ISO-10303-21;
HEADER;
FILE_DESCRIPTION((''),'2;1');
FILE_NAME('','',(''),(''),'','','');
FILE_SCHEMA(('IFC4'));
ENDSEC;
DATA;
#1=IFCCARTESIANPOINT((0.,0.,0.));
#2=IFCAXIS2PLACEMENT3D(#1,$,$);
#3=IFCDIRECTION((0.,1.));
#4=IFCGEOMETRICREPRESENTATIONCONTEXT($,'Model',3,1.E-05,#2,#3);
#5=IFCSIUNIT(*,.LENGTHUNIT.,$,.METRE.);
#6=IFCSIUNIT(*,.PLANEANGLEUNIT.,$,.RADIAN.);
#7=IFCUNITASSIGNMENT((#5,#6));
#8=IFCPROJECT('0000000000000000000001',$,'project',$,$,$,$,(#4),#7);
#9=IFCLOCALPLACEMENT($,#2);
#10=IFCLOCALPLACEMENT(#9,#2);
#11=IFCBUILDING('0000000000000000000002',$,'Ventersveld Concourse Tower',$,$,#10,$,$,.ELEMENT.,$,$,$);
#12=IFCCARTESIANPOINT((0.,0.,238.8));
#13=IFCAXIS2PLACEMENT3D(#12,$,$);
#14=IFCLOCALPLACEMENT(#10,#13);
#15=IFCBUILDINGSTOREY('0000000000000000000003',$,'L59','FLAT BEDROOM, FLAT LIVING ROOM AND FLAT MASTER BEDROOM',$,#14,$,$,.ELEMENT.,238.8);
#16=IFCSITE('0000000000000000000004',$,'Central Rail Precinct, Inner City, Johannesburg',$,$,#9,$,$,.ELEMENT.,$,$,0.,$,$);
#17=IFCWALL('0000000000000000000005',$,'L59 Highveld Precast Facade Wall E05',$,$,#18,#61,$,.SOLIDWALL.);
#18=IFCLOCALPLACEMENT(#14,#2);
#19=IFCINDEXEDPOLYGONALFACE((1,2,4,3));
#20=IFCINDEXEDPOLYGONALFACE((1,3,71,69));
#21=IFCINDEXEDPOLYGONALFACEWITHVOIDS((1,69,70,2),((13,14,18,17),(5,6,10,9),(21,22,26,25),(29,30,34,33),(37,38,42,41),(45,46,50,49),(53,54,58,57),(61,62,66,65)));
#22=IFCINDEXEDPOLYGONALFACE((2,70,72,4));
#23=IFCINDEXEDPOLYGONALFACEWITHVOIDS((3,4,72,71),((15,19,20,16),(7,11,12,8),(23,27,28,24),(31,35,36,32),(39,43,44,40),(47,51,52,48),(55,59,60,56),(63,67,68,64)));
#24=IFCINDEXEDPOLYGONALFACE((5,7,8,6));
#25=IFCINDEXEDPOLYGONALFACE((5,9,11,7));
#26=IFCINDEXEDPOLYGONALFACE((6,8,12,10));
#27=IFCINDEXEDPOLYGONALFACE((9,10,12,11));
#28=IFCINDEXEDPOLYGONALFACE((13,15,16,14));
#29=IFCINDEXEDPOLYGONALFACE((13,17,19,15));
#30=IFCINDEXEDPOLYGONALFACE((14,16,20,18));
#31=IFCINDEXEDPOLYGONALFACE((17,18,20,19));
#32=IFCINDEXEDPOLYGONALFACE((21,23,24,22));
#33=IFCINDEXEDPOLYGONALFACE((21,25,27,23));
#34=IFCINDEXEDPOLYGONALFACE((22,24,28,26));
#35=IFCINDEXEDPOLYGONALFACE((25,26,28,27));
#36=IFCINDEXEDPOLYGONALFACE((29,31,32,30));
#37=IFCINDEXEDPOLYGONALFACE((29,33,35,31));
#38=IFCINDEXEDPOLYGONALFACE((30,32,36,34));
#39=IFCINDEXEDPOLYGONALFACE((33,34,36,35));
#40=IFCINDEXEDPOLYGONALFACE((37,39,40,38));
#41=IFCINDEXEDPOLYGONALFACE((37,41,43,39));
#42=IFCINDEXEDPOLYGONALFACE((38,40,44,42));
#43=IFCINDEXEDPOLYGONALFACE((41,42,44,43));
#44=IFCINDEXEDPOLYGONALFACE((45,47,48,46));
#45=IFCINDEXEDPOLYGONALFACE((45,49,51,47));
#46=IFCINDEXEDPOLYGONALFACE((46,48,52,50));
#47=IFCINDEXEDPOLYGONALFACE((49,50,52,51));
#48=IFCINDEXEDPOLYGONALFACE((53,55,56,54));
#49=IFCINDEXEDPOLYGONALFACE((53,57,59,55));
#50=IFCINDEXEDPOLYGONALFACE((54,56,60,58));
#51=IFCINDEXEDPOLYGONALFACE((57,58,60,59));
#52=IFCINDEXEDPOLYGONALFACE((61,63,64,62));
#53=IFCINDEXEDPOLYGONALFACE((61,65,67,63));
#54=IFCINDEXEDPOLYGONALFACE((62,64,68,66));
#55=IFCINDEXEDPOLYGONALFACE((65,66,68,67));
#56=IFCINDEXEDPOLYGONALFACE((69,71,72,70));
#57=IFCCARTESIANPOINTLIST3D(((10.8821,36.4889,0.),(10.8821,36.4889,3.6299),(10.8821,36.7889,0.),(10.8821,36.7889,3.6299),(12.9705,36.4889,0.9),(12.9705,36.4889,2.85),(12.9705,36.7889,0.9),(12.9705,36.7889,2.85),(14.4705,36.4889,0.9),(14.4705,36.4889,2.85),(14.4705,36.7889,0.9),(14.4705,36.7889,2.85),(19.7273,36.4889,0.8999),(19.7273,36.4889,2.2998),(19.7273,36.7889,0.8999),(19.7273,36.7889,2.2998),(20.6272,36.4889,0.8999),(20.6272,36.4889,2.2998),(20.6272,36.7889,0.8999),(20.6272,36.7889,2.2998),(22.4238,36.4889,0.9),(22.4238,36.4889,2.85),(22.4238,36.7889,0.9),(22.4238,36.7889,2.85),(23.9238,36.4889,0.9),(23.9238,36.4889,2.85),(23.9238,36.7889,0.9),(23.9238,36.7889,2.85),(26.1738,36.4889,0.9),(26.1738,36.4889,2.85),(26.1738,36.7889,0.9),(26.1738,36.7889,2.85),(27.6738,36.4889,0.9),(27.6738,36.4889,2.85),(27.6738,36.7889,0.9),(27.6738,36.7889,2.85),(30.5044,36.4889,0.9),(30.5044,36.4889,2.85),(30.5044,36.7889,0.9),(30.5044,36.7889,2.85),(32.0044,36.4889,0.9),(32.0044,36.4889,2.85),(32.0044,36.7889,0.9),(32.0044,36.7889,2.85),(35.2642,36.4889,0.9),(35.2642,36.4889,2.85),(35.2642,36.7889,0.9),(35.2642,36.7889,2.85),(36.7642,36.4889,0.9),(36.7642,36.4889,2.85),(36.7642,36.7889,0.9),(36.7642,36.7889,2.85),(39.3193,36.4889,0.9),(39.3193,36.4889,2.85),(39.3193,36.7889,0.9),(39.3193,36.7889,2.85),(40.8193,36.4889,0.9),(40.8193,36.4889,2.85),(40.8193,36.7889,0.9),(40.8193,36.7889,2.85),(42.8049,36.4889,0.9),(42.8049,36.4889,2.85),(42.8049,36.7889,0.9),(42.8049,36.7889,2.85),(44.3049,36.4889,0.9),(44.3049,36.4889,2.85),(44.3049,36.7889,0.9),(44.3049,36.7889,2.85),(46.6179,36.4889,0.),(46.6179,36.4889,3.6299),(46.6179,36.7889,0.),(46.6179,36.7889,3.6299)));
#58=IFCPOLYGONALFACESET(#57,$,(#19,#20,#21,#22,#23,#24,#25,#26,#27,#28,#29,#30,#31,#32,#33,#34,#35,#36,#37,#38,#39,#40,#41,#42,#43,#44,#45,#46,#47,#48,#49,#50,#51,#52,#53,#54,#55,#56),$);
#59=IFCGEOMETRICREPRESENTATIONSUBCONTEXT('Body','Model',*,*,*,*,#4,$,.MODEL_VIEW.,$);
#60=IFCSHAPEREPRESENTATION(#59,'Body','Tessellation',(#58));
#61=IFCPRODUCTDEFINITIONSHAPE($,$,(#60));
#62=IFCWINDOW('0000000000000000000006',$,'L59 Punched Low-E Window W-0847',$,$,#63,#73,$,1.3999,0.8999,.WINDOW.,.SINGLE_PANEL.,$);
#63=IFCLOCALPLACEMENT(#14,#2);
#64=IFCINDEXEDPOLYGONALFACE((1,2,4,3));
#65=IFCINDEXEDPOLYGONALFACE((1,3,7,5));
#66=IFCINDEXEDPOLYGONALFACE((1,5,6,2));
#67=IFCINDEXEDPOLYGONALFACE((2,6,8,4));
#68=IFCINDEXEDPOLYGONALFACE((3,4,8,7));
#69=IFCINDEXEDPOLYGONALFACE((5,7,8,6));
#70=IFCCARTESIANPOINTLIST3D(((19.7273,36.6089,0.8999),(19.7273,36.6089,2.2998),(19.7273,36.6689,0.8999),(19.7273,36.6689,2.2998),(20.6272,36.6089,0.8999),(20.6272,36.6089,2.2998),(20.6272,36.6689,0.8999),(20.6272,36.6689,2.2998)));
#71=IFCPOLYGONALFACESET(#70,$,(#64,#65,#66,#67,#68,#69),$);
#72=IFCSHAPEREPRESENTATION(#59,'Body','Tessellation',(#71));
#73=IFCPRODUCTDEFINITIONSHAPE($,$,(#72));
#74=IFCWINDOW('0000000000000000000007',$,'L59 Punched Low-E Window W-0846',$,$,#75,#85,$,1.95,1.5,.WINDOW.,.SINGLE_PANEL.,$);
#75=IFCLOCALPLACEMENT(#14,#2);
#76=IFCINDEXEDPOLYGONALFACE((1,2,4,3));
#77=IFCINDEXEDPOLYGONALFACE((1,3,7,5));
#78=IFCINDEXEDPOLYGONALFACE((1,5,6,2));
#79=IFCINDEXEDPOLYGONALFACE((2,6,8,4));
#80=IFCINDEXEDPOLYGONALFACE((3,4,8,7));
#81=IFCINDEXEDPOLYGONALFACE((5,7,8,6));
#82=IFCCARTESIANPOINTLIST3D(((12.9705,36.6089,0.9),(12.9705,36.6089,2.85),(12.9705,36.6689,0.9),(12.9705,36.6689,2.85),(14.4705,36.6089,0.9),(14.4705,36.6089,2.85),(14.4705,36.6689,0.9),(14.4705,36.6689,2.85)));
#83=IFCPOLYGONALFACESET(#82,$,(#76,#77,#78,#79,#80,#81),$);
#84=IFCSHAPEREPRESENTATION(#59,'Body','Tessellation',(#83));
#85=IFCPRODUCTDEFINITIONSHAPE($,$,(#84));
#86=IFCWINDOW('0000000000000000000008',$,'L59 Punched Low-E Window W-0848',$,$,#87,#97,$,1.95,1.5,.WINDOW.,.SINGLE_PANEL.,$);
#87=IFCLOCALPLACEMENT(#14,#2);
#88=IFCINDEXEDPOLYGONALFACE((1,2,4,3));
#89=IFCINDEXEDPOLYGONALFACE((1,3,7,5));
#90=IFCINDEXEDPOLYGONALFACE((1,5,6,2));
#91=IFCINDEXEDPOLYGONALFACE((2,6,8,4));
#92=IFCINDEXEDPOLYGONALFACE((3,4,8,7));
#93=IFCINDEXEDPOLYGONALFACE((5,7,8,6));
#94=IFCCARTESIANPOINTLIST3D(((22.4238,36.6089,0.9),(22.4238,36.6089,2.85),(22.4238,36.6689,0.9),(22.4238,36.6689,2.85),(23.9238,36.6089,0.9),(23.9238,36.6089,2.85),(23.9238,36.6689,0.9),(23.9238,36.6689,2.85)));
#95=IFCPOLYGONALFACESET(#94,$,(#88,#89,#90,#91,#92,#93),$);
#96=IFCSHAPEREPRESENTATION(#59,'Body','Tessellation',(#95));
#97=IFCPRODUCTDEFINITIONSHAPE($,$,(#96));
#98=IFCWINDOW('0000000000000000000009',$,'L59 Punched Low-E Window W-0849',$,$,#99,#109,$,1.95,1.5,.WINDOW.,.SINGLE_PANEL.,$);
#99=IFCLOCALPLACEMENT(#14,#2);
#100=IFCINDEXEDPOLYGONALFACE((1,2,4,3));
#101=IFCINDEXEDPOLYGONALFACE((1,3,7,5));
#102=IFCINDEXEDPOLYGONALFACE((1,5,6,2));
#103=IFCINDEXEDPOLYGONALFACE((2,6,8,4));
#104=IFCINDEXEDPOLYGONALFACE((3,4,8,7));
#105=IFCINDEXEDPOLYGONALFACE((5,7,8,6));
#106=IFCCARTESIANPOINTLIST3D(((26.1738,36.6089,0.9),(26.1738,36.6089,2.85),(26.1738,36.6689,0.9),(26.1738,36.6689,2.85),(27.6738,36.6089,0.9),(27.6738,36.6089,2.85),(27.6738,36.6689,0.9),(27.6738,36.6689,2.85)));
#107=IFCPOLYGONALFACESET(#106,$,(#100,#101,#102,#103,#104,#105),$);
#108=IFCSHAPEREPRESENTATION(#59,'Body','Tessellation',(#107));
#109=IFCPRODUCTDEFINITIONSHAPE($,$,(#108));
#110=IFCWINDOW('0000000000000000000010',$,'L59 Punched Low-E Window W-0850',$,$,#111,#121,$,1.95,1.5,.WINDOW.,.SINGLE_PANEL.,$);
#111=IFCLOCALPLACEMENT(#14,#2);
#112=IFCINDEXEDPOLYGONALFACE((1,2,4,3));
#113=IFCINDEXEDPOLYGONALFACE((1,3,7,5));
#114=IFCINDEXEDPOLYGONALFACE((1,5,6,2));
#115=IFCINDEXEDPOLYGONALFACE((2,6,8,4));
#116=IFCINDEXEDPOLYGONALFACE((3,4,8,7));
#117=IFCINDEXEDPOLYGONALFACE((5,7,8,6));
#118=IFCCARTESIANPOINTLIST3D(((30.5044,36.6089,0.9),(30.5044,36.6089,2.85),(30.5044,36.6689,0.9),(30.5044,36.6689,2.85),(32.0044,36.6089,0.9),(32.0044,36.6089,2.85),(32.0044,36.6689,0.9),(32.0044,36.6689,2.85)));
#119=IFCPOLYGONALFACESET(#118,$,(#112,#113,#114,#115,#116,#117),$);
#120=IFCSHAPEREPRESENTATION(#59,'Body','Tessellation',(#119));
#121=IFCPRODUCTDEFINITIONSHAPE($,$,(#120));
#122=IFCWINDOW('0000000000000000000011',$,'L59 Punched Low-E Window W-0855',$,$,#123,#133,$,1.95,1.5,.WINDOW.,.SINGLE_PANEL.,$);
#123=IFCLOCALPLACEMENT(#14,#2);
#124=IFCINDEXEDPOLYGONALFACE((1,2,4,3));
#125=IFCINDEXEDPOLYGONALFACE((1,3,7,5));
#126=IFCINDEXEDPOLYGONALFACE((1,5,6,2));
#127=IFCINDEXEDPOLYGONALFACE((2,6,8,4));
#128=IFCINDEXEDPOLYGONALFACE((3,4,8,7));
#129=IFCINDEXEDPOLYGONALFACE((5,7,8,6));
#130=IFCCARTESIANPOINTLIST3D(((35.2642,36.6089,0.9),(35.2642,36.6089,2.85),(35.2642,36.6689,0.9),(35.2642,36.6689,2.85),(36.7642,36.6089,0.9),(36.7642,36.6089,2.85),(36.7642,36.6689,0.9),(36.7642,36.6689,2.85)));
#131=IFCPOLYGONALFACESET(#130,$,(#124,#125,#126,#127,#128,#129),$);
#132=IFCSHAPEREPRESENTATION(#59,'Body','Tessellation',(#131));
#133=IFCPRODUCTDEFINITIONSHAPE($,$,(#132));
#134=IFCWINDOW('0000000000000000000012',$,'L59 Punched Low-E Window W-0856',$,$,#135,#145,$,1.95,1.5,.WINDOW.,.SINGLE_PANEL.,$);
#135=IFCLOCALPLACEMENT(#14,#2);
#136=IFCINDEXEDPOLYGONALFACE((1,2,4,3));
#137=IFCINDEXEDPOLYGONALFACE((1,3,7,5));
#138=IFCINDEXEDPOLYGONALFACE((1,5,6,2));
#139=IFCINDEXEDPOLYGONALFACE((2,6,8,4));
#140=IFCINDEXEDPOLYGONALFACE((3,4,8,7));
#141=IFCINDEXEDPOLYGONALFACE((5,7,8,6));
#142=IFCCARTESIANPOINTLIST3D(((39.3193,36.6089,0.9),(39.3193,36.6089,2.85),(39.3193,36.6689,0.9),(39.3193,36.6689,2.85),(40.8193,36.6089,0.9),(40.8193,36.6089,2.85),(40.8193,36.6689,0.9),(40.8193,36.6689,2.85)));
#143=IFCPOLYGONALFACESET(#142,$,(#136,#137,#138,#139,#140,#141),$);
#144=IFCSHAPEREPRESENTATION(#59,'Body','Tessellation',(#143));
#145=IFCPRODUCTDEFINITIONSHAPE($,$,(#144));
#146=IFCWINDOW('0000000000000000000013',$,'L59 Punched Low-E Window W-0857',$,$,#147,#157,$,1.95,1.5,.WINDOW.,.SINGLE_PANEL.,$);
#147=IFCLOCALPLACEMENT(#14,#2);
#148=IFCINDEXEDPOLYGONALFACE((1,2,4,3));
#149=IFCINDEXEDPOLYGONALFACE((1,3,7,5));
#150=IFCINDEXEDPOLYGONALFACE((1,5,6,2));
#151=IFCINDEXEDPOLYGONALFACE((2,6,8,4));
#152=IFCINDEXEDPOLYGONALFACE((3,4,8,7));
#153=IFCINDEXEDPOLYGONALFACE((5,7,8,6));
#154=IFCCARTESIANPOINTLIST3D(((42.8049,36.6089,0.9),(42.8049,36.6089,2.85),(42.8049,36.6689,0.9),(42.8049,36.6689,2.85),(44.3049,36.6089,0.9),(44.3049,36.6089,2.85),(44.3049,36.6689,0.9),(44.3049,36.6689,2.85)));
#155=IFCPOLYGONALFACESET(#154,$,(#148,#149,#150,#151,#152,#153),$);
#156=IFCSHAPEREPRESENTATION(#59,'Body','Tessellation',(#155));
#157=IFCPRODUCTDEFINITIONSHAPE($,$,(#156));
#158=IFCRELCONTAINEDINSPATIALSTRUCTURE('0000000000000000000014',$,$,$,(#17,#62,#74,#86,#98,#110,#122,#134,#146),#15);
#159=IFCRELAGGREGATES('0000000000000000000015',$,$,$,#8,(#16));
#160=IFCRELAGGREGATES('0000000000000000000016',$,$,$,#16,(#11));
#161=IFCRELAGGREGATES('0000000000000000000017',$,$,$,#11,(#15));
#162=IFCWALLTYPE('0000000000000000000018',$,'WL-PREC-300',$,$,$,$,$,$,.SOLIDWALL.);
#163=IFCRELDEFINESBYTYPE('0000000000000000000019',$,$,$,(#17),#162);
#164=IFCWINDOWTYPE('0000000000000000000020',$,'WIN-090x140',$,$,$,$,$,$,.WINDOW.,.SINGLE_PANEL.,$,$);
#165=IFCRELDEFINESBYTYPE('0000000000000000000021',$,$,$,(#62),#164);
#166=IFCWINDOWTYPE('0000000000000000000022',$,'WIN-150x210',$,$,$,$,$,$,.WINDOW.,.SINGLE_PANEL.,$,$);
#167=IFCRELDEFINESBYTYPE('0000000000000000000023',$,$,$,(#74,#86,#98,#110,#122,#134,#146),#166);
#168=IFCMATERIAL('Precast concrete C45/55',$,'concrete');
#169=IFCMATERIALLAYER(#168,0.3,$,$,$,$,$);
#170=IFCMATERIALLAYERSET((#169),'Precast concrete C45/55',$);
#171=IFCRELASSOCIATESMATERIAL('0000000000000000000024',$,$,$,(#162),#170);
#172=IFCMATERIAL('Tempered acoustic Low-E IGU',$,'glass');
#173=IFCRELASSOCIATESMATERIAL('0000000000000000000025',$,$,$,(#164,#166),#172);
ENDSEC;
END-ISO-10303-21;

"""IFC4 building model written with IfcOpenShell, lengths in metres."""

from ifc_helpers import new_model, si_unit, direction, frame, frame_2d, origin, place, context, subcontext, project, spatial, rectangle, extrude, material, layer, layer_set, type_object, element, fill, save


model = new_model("IFC4")

# Units and contexts
model_context = context("Model", 3, precision=1e-05, world=origin(), true_north=direction((0.0, 1.0)))
body_context = subcontext(model_context, "Body", "Model", "MODEL_VIEW")
ifc_project = project(units=[si_unit("LENGTHUNIT", "METRE"), si_unit("PLANEANGLEUNIT", "RADIAN")], contexts=[model_context])

# Site, building, storey
site_placement = place(None, origin())
site = spatial("IfcSite", under=ifc_project, at=site_placement, Name="Central Rail Precinct, Inner City, Johannesburg", CompositionType="ELEMENT", RefElevation=0.0)
building_placement = place(site_placement, origin())
building = spatial("IfcBuilding", under=site, at=building_placement, Name="Ventersveld Concourse Tower", CompositionType="ELEMENT")
storey_placement = place(building_placement, frame((0.0, 0.0, 238.8)))
storey = spatial("IfcBuildingStorey", under=building, at=storey_placement, Name="L59", Description="FLAT BEDROOM, FLAT LIVING ROOM AND FLAT MASTER BEDROOM", CompositionType="ELEMENT", Elevation=238.8)

# Shared definitions
ifc_material_1 = material(Name="Precast concrete C45/55", Category="concrete")
ifc_layer_1 = layer(ifc_material_1, 0.3)
ifc_layer_set_1 = layer_set([ifc_layer_1], Name="Precast concrete C45/55")
wall_type_1 = type_object("IfcWallType", Name="WL-PREC-300", PredefinedType="SOLIDWALL", material=ifc_layer_set_1)

# Wall, openings, windows
wall_1_placement = place(storey_placement, frame((46.6179, 36.6389, 0.0), z_axis=(0.0, 0.0, 1.0), x_axis=(-1.0, 0.0, 0.0)))
wall_1 = element("IfcWall", 1, at=wall_1_placement, inside=storey, type_object=wall_type_1, Name="L59 Highveld Precast Facade Wall E05", PredefinedType="SOLIDWALL", context=body_context, shape_type="SweptSolid", body=[
    extrude(rectangle(XDim=35.7358, YDim=0.3, at=frame_2d((17.8679, 0.0))), origin(), (0.0, 0.0, 1.0), 3.6299),
])
opening_1_placement = place(wall_1_placement, frame((32.1475, 0.0, 0.8999)))
opening_1 = element("IfcOpeningElement", 2, at=opening_1_placement, cuts=wall_1, PredefinedType="OPENING", context=body_context, shape_type="SweptSolid", body=[
    extrude(rectangle(XDim=1.5, YDim=1.95, at=frame_2d((0.75, 0.9751))), frame((0.0, 0.1602, 0.0), z_axis=(0.0, -1.0, 0.0), x_axis=(1.0, 0.0, 0.0)), (0.0, 0.0, 1.0), 0.3201),
])
opening_2_placement = place(wall_1_placement, frame((25.9907, 0.0, 0.8999)))
opening_2 = element("IfcOpeningElement", 3, at=opening_2_placement, cuts=wall_1, PredefinedType="OPENING", context=body_context, shape_type="SweptSolid", body=[
    extrude(rectangle(XDim=0.8999, YDim=1.3999, at=frame_2d((0.45, 0.7))), frame((0.0, 0.1602, 0.0), z_axis=(0.0, -1.0, 0.0), x_axis=(1.0, 0.0, 0.0)), (0.0, 0.0, 1.0), 0.3201),
])
opening_3_placement = place(wall_1_placement, frame((22.6941, 0.0, 0.8999)))
opening_3 = element("IfcOpeningElement", 4, at=opening_3_placement, cuts=wall_1, PredefinedType="OPENING", context=body_context, shape_type="SweptSolid", body=[
    extrude(rectangle(XDim=1.5, YDim=1.95, at=frame_2d((0.75, 0.9751))), frame((0.0, 0.1602, 0.0), z_axis=(0.0, -1.0, 0.0), x_axis=(1.0, 0.0, 0.0)), (0.0, 0.0, 1.0), 0.3201),
])
opening_4_placement = place(wall_1_placement, frame((18.9441, 0.0, 0.8999)))
opening_4 = element("IfcOpeningElement", 5, at=opening_4_placement, cuts=wall_1, PredefinedType="OPENING", context=body_context, shape_type="SweptSolid", body=[
    extrude(rectangle(XDim=1.5, YDim=1.95, at=frame_2d((0.75, 0.9751))), frame((0.0, 0.1602, 0.0), z_axis=(0.0, -1.0, 0.0), x_axis=(1.0, 0.0, 0.0)), (0.0, 0.0, 1.0), 0.3201),
])
opening_5_placement = place(wall_1_placement, frame((14.6135, 0.0, 0.8999)))
opening_5 = element("IfcOpeningElement", 6, at=opening_5_placement, cuts=wall_1, PredefinedType="OPENING", context=body_context, shape_type="SweptSolid", body=[
    extrude(rectangle(XDim=1.5, YDim=1.95, at=frame_2d((0.75, 0.9751))), frame((0.0, 0.1602, 0.0), z_axis=(0.0, -1.0, 0.0), x_axis=(1.0, 0.0, 0.0)), (0.0, 0.0, 1.0), 0.3201),
])
opening_6_placement = place(wall_1_placement, frame((9.8538, 0.0, 0.8999)))
opening_6 = element("IfcOpeningElement", 7, at=opening_6_placement, cuts=wall_1, PredefinedType="OPENING", context=body_context, shape_type="SweptSolid", body=[
    extrude(rectangle(XDim=1.5, YDim=1.95, at=frame_2d((0.75, 0.9751))), frame((0.0, 0.1602, 0.0), z_axis=(0.0, -1.0, 0.0), x_axis=(1.0, 0.0, 0.0)), (0.0, 0.0, 1.0), 0.3201),
])
opening_7_placement = place(wall_1_placement, frame((5.7986, 0.0, 0.8999)))
opening_7 = element("IfcOpeningElement", 8, at=opening_7_placement, cuts=wall_1, PredefinedType="OPENING", context=body_context, shape_type="SweptSolid", body=[
    extrude(rectangle(XDim=1.5, YDim=1.95, at=frame_2d((0.75, 0.9751))), frame((0.0, 0.1602, 0.0), z_axis=(0.0, -1.0, 0.0), x_axis=(1.0, 0.0, 0.0)), (0.0, 0.0, 1.0), 0.3201),
])
opening_8_placement = place(wall_1_placement, frame((2.313, 0.0, 0.8999)))
opening_8 = element("IfcOpeningElement", 9, at=opening_8_placement, cuts=wall_1, PredefinedType="OPENING", context=body_context, shape_type="SweptSolid", body=[
    extrude(rectangle(XDim=1.5, YDim=1.95, at=frame_2d((0.75, 0.9751))), frame((0.0, 0.1602, 0.0), z_axis=(0.0, -1.0, 0.0), x_axis=(1.0, 0.0, 0.0)), (0.0, 0.0, 1.0), 0.3201),
])
ifc_material_2 = material(Name="Tempered acoustic Low-E IGU", Category="glass")
window_type_1 = type_object("IfcWindowType", Name="WIN-090x140", PartitioningType="SINGLE_PANEL", PredefinedType="WINDOW", material=ifc_material_2)
window_1_placement = place(opening_2_placement, origin())
window_1 = element("IfcWindow", 10, at=window_1_placement, inside=storey, type_object=window_type_1, Name="L59 Punched Low-E Window W-0847", OverallHeight=1.3999, OverallWidth=0.8999, PartitioningType="SINGLE_PANEL", PredefinedType="WINDOW", context=body_context, shape_type="SweptSolid", body=[
    extrude(rectangle(XDim=0.8999, YDim=1.3999, at=frame_2d((0.45, 0.7))), frame((0.0, 0.03, 0.0), z_axis=(0.0, -1.0, 0.0), x_axis=(1.0, 0.0, 0.0)), (0.0, 0.0, 1.0), 0.0601),
])
fill(opening_2, window_1)
window_type_2 = type_object("IfcWindowType", Name="WIN-150x210", PartitioningType="SINGLE_PANEL", PredefinedType="WINDOW", material=ifc_material_2)
window_2_placement = place(opening_1_placement, origin())
window_2 = element("IfcWindow", 11, at=window_2_placement, inside=storey, type_object=window_type_2, Name="L59 Punched Low-E Window W-0846", OverallHeight=1.95, OverallWidth=1.5, PartitioningType="SINGLE_PANEL", PredefinedType="WINDOW", context=body_context, shape_type="SweptSolid", body=[
    extrude(rectangle(XDim=1.5, YDim=1.95, at=frame_2d((0.75, 0.9751))), frame((0.0, 0.03, 0.0), z_axis=(0.0, -1.0, 0.0), x_axis=(1.0, 0.0, 0.0)), (0.0, 0.0, 1.0), 0.0601),
])
fill(opening_1, window_2)
window_3_placement = place(opening_3_placement, origin())
window_3 = element("IfcWindow", 12, at=window_3_placement, inside=storey, type_object=window_type_2, Name="L59 Punched Low-E Window W-0848", OverallHeight=1.95, OverallWidth=1.5, PartitioningType="SINGLE_PANEL", PredefinedType="WINDOW", context=body_context, shape_type="SweptSolid", body=[
    extrude(rectangle(XDim=1.5, YDim=1.95, at=frame_2d((0.75, 0.9751))), frame((0.0, 0.03, 0.0), z_axis=(0.0, -1.0, 0.0), x_axis=(1.0, 0.0, 0.0)), (0.0, 0.0, 1.0), 0.0601),
])
fill(opening_3, window_3)
window_4_placement = place(opening_4_placement, origin())
window_4 = element("IfcWindow", 13, at=window_4_placement, inside=storey, type_object=window_type_2, Name="L59 Punched Low-E Window W-0849", OverallHeight=1.95, OverallWidth=1.5, PartitioningType="SINGLE_PANEL", PredefinedType="WINDOW", context=body_context, shape_type="SweptSolid", body=[
    extrude(rectangle(XDim=1.5, YDim=1.95, at=frame_2d((0.75, 0.9751))), frame((0.0, 0.03, 0.0), z_axis=(0.0, -1.0, 0.0), x_axis=(1.0, 0.0, 0.0)), (0.0, 0.0, 1.0), 0.0601),
])
fill(opening_4, window_4)
window_5_placement = place(opening_5_placement, origin())
window_5 = element("IfcWindow", 14, at=window_5_placement, inside=storey, type_object=window_type_2, Name="L59 Punched Low-E Window W-0850", OverallHeight=1.95, OverallWidth=1.5, PartitioningType="SINGLE_PANEL", PredefinedType="WINDOW", context=body_context, shape_type="SweptSolid", body=[
    extrude(rectangle(XDim=1.5, YDim=1.95, at=frame_2d((0.75, 0.9751))), frame((0.0, 0.03, 0.0), z_axis=(0.0, -1.0, 0.0), x_axis=(1.0, 0.0, 0.0)), (0.0, 0.0, 1.0), 0.0601),
])
fill(opening_5, window_5)
window_6_placement = place(opening_6_placement, origin())
window_6 = element("IfcWindow", 15, at=window_6_placement, inside=storey, type_object=window_type_2, Name="L59 Punched Low-E Window W-0855", OverallHeight=1.95, OverallWidth=1.5, PartitioningType="SINGLE_PANEL", PredefinedType="WINDOW", context=body_context, shape_type="SweptSolid", body=[
    extrude(rectangle(XDim=1.5, YDim=1.95, at=frame_2d((0.75, 0.9751))), frame((0.0, 0.03, 0.0), z_axis=(0.0, -1.0, 0.0), x_axis=(1.0, 0.0, 0.0)), (0.0, 0.0, 1.0), 0.0601),
])
fill(opening_6, window_6)
window_7_placement = place(opening_7_placement, origin())
window_7 = element("IfcWindow", 16, at=window_7_placement, inside=storey, type_object=window_type_2, Name="L59 Punched Low-E Window W-0856", OverallHeight=1.95, OverallWidth=1.5, PartitioningType="SINGLE_PANEL", PredefinedType="WINDOW", context=body_context, shape_type="SweptSolid", body=[
    extrude(rectangle(XDim=1.5, YDim=1.95, at=frame_2d((0.75, 0.9751))), frame((0.0, 0.03, 0.0), z_axis=(0.0, -1.0, 0.0), x_axis=(1.0, 0.0, 0.0)), (0.0, 0.0, 1.0), 0.0601),
])
fill(opening_7, window_7)
window_8_placement = place(opening_8_placement, origin())
window_8 = element("IfcWindow", 17, at=window_8_placement, inside=storey, type_object=window_type_2, Name="L59 Punched Low-E Window W-0857", OverallHeight=1.95, OverallWidth=1.5, PartitioningType="SINGLE_PANEL", PredefinedType="WINDOW", context=body_context, shape_type="SweptSolid", body=[
    extrude(rectangle(XDim=1.5, YDim=1.95, at=frame_2d((0.75, 0.9751))), frame((0.0, 0.03, 0.0), z_axis=(0.0, -1.0, 0.0), x_axis=(1.0, 0.0, 0.0)), (0.0, 0.0, 1.0), 0.0601),
])
fill(opening_8, window_8)

save(model, "model.ifc")
